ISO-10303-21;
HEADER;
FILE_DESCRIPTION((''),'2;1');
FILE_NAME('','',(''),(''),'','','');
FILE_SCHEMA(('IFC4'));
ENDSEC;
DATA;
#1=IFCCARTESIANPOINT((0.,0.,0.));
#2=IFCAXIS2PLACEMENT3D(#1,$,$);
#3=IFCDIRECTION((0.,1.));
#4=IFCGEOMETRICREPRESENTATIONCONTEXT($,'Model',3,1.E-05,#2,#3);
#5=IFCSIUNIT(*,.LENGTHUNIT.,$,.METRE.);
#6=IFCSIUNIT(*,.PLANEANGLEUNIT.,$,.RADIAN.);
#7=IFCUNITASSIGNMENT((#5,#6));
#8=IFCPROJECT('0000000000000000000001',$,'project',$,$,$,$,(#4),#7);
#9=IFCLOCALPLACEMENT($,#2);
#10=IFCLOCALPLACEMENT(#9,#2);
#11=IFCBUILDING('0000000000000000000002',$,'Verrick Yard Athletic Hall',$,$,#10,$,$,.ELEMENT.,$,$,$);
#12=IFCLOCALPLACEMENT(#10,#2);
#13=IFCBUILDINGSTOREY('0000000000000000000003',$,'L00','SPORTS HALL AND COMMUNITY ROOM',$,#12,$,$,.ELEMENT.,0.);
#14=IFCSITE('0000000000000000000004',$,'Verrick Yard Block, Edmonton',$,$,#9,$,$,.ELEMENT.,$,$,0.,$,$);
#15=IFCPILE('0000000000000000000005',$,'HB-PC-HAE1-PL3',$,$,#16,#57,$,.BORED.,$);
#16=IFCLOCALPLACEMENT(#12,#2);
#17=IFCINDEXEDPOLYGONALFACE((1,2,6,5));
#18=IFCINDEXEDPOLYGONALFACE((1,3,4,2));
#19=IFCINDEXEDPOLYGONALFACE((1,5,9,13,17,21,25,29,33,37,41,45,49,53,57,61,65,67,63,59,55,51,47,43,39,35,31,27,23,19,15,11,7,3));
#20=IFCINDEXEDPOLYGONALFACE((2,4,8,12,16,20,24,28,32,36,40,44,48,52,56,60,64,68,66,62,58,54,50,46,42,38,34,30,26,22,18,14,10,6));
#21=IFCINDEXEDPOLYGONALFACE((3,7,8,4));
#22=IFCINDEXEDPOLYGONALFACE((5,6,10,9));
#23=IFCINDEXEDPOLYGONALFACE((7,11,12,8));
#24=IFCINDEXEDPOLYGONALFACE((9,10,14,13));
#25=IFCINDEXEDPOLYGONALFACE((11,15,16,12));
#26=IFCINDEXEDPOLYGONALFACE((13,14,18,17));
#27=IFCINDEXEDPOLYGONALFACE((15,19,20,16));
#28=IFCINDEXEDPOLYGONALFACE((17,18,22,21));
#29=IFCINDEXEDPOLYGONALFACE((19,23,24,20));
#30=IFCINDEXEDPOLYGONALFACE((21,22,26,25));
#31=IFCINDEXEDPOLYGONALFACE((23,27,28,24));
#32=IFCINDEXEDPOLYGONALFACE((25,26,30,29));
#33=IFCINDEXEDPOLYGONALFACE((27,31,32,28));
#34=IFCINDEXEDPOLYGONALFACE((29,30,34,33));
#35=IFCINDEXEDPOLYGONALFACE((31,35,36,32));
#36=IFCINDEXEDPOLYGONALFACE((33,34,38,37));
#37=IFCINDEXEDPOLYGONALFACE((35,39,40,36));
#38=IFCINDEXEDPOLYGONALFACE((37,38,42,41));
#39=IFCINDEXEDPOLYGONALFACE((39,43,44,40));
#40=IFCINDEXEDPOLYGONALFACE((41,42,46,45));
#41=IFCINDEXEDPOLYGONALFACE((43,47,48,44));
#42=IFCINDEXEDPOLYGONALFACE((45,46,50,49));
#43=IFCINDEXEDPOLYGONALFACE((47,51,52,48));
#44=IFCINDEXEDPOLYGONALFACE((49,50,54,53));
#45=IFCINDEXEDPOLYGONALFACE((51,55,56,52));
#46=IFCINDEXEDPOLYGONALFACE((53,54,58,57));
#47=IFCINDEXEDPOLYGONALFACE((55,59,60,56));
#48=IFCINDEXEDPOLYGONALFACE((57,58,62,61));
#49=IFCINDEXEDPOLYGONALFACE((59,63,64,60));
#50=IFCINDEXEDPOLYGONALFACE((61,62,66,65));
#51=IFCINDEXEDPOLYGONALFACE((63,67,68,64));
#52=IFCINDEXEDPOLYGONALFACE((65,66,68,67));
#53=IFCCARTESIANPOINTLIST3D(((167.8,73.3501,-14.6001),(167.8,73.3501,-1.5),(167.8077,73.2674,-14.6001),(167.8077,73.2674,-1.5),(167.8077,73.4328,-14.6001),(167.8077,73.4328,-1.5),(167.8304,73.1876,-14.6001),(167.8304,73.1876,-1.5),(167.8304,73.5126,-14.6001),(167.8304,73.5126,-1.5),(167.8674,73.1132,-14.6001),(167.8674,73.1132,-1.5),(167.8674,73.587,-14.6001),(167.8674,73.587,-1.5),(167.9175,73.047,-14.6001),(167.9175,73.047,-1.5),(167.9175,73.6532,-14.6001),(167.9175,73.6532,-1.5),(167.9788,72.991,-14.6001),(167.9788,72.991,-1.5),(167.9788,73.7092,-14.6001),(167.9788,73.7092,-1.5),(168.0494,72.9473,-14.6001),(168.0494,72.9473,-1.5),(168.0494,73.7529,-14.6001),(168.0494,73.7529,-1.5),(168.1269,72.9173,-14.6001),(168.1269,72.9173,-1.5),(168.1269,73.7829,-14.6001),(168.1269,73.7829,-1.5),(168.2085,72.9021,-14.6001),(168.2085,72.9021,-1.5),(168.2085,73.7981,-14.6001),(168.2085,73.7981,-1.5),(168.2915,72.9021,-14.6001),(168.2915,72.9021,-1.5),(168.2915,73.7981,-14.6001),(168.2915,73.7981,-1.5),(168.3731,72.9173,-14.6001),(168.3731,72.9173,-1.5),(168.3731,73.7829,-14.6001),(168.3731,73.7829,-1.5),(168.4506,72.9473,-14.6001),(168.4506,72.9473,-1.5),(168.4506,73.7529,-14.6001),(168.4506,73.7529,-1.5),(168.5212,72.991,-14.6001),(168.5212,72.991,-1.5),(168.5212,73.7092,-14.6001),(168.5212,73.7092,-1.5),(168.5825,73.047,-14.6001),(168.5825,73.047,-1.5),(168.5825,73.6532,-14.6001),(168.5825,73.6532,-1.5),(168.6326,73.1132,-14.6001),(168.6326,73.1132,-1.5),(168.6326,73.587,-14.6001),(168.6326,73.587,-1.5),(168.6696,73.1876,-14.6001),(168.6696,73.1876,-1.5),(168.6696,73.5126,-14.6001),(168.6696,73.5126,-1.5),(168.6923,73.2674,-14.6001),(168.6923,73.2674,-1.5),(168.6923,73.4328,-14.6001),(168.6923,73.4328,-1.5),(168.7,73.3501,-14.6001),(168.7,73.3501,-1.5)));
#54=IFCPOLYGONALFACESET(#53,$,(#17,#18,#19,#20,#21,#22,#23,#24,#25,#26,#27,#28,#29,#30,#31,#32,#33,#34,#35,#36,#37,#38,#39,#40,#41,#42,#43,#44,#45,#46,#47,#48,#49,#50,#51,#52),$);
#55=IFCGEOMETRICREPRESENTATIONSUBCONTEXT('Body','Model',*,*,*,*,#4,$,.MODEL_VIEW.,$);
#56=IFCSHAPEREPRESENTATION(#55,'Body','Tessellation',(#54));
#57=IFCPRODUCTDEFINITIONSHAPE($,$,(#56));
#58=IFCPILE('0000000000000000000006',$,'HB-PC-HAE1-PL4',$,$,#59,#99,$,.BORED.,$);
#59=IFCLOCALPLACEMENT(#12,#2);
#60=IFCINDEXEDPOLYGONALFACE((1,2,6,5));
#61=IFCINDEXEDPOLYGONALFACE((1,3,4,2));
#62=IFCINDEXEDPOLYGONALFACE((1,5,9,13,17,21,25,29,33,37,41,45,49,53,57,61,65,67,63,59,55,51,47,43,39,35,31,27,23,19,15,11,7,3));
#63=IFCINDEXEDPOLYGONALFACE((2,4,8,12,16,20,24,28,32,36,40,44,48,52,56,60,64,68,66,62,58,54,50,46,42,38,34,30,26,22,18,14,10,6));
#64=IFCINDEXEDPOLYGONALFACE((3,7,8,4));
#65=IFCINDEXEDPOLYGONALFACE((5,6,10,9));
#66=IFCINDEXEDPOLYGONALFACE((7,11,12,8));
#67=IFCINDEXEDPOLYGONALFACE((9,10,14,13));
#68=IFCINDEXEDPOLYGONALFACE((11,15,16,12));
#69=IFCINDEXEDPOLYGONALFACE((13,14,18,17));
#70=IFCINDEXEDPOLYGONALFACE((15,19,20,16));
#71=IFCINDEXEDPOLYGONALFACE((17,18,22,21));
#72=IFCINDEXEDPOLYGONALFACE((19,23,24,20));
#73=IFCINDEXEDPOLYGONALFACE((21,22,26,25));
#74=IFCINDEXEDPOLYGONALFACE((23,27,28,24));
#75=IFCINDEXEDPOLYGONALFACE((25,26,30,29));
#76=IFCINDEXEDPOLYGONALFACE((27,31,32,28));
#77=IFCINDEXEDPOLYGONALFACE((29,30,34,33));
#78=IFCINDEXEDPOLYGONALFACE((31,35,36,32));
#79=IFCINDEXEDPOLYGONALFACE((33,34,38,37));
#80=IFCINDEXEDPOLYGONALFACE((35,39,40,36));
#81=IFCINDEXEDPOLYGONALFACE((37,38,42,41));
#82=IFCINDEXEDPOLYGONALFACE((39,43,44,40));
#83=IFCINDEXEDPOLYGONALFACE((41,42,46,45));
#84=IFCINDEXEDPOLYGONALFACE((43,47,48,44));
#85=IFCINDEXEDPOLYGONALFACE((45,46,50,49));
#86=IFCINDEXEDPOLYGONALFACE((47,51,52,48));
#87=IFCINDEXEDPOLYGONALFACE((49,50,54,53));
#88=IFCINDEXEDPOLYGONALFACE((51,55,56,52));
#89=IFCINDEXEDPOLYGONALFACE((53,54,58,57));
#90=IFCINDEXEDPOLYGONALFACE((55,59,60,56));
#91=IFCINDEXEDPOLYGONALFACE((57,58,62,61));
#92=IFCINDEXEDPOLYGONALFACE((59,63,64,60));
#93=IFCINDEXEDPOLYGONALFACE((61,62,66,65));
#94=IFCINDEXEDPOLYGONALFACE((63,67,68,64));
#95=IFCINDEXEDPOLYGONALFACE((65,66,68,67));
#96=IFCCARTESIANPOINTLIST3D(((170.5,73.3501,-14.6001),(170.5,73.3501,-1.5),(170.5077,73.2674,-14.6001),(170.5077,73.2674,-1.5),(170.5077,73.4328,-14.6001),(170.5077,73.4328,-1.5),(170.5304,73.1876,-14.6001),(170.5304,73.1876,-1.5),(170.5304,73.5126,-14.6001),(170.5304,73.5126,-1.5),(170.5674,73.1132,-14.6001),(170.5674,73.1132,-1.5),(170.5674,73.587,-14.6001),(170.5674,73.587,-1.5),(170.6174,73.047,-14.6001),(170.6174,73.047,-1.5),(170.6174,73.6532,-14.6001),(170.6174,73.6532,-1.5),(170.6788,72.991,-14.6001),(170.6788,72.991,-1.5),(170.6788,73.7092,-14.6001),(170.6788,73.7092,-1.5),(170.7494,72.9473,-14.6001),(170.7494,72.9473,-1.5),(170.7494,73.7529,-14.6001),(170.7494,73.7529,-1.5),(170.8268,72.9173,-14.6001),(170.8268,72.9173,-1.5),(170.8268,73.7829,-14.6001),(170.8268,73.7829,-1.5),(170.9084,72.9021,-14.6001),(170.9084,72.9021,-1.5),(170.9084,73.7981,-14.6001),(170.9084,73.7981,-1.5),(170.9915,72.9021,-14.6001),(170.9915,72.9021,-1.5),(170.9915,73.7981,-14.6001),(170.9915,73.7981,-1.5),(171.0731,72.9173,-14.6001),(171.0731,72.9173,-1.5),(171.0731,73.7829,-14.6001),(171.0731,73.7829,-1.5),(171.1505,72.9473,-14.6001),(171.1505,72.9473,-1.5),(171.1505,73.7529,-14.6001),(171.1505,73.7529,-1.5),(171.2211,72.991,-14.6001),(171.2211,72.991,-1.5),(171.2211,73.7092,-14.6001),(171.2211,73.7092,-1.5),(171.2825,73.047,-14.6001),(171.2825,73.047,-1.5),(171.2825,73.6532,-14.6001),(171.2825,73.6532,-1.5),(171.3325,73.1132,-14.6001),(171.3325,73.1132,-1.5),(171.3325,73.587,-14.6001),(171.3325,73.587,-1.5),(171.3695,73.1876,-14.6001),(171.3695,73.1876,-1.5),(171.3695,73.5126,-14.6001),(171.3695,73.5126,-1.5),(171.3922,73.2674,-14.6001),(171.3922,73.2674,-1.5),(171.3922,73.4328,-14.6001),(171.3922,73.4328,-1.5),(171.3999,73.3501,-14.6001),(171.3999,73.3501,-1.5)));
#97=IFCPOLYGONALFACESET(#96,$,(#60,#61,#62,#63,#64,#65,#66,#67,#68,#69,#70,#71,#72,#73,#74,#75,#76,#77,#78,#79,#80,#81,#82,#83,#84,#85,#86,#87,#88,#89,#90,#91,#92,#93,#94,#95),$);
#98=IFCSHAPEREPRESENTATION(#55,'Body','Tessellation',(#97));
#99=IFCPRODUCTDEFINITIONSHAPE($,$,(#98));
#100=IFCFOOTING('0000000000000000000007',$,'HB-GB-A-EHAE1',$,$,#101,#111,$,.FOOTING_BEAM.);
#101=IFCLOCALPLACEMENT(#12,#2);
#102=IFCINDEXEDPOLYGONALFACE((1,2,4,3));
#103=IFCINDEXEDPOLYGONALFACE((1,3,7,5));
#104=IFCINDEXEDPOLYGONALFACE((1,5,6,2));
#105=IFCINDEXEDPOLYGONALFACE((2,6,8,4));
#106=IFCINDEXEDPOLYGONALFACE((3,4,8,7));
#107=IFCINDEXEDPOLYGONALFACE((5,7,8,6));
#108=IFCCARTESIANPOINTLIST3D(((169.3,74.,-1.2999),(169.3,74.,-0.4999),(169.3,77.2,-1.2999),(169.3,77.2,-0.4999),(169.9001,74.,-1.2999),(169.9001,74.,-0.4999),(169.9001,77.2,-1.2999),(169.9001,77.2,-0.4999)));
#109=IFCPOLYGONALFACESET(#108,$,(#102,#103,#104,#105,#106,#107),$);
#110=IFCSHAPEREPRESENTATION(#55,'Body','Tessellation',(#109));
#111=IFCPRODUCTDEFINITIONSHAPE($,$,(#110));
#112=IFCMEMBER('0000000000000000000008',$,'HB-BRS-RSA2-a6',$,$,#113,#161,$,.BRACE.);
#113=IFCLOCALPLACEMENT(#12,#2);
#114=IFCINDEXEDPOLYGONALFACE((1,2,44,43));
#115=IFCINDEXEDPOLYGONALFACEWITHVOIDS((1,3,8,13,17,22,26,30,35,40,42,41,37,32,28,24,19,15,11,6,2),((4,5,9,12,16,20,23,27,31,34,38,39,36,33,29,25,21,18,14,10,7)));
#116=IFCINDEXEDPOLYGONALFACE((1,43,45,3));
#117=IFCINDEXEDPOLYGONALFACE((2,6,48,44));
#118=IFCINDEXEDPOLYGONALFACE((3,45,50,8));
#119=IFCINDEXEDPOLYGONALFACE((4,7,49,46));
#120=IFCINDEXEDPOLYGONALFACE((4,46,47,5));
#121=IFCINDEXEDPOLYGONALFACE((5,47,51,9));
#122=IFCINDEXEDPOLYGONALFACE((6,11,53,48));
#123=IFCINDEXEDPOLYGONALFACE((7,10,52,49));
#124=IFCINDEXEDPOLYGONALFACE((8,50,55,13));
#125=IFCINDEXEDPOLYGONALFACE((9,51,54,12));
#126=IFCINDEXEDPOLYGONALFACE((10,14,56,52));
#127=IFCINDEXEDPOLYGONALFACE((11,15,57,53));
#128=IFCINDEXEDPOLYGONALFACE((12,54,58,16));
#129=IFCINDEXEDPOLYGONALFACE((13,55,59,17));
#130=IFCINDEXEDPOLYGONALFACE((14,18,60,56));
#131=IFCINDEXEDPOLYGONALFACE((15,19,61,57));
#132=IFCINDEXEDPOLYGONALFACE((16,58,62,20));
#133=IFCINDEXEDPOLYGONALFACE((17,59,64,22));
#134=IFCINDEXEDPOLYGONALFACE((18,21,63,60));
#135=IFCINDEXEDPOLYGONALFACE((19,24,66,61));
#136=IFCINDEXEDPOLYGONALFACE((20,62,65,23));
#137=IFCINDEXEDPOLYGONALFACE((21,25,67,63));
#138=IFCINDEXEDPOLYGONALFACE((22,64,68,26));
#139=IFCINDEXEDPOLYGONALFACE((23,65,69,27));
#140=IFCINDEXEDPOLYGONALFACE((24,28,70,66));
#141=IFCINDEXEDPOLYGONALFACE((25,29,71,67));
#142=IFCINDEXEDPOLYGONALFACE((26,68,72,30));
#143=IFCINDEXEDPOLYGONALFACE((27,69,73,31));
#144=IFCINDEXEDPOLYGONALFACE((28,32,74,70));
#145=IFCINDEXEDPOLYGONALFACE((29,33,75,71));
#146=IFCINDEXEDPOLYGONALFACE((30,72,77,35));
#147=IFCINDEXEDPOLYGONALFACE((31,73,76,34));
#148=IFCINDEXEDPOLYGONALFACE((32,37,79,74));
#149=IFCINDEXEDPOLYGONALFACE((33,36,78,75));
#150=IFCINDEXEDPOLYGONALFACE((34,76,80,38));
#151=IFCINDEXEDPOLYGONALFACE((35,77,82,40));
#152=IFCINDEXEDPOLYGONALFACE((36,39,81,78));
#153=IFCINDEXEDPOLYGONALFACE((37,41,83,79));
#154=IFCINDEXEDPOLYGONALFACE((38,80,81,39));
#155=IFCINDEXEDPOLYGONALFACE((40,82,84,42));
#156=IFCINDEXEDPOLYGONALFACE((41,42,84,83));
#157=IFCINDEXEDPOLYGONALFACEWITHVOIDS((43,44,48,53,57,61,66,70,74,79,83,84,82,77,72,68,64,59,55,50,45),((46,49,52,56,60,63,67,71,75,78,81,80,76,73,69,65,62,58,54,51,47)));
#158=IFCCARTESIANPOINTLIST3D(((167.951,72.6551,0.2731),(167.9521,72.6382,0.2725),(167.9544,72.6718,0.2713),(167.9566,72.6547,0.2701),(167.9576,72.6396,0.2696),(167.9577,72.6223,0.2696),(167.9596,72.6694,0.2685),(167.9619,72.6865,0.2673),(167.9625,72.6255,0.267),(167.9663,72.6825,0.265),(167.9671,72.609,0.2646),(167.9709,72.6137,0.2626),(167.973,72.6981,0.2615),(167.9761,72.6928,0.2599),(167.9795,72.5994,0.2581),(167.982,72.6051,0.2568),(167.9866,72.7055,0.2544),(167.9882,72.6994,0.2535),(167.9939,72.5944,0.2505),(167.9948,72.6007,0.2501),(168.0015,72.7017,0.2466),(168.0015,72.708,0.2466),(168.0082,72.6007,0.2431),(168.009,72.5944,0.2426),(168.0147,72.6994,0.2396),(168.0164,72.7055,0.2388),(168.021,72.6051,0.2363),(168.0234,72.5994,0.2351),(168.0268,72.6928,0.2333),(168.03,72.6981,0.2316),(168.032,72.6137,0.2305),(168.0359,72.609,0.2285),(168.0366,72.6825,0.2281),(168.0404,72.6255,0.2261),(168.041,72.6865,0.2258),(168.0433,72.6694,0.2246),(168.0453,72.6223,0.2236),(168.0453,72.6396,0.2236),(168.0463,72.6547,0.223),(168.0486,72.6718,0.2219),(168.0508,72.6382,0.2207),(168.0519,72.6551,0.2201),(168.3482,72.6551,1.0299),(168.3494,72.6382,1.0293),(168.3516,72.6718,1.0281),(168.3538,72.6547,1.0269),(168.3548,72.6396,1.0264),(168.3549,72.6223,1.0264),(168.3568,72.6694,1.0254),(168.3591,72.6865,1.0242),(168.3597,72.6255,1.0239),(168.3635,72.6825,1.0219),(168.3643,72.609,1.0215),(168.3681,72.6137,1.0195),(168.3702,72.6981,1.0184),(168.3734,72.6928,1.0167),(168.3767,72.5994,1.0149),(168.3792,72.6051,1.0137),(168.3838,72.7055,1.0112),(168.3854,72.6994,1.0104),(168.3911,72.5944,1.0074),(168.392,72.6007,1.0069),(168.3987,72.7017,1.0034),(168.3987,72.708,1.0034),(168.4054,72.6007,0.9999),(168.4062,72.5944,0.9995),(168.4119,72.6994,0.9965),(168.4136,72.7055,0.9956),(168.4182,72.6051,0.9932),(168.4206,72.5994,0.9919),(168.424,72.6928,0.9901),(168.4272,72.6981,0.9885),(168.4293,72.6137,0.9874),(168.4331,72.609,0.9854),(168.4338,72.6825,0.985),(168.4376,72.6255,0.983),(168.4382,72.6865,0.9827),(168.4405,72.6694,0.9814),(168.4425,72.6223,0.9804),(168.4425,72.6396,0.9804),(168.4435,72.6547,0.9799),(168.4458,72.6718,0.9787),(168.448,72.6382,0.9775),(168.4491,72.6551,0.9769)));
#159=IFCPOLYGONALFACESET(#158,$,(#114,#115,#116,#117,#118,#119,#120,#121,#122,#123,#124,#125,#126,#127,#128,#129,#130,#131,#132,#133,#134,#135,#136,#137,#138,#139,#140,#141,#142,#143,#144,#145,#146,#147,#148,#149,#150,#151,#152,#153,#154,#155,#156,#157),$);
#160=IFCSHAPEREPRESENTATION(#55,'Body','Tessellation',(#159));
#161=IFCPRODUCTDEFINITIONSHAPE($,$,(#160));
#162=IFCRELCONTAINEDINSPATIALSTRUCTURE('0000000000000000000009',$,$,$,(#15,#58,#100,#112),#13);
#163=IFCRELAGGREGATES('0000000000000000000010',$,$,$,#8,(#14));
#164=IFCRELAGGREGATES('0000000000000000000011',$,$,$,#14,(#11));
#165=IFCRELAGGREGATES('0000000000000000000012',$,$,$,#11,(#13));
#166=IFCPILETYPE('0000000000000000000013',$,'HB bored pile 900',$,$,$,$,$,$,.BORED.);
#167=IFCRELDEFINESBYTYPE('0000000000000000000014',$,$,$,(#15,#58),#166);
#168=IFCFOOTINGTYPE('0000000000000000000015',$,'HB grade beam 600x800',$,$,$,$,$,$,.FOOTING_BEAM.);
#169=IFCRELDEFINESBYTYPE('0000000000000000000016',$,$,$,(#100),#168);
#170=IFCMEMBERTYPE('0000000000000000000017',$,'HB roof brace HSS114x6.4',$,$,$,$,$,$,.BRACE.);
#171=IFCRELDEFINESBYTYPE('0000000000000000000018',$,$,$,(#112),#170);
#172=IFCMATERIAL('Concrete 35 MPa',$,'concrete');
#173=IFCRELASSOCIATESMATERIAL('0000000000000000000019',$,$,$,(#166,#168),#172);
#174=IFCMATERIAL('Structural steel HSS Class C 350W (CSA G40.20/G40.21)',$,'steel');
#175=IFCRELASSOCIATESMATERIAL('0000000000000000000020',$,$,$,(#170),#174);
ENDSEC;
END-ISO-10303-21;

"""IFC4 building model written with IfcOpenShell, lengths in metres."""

from ifc_helpers import new_model, si_unit, direction, frame, origin, origin_2d, place, context, subcontext, project, spatial, rectangle, circle, hollow_circle, extrude, material, material_profile, profile_set, type_object, element, save


model = new_model("IFC4")

# Units and contexts
model_context = context("Model", 3, precision=1e-05, world=origin(), true_north=direction((0.0, 1.0)))
body_context = subcontext(model_context, "Body", "Model", "MODEL_VIEW")
ifc_project = project(units=[si_unit("LENGTHUNIT", "METRE"), si_unit("PLANEANGLEUNIT", "RADIAN")], contexts=[model_context])

# Site, building, storey
site_placement = place(None, origin())
site = spatial("IfcSite", under=ifc_project, at=site_placement, Name="Verrick Yard Block, Edmonton", CompositionType="ELEMENT", RefElevation=0.0)
building_placement = place(site_placement, origin())
building = spatial("IfcBuilding", under=site, at=building_placement, Name="Verrick Yard Athletic Hall", CompositionType="ELEMENT")
storey_placement = place(building_placement, origin())
storey = spatial("IfcBuildingStorey", under=building, at=storey_placement, Name="L00", Description="SPORTS HALL AND COMMUNITY ROOM", CompositionType="ELEMENT", Elevation=0.0)

# Piles
ifc_material_1 = material(Name="Concrete 35 MPa", Category="concrete")
ifc_material_profile_1 = material_profile(ifc_material_1, circle(Radius=0.45, at=origin_2d()), Name="Bored pile 900")
ifc_profile_set_1 = profile_set([ifc_material_profile_1], Name="Concrete 35 MPa")
pile_type = type_object("IfcPileType", Name="HB bored pile 900", PredefinedType="BORED", material=ifc_profile_set_1)
for number, where, z_axis, x_axis, name in (
    (1, (168.25, 73.3501, -1.5), (0.0, 0.0, -1.0), (1.0, 0.0, 0.0), "HB-PC-HAE1-PL3"),
    (2, (170.95, 73.3501, -1.5), (0.0, 0.0, -1.0), (1.0, 0.0, 0.0), "HB-PC-HAE1-PL4"),
):
    element("IfcPile", number, at=place(storey_placement, frame(where, z_axis=z_axis, x_axis=x_axis)), inside=storey, type_object=pile_type, Name=name, PredefinedType="BORED", context=body_context, shape_type="SweptSolid", body=[
        extrude(circle(Radius=0.45, at=origin_2d()), origin(), (0.0, 0.0, 1.0), 13.1001),
    ])

# Footing
ifc_material_profile_2 = material_profile(ifc_material_1, rectangle(XDim=0.6001, YDim=0.8, at=origin_2d()), Name="Grade beam 600x800")
ifc_profile_set_2 = profile_set([ifc_material_profile_2], Name="Concrete 35 MPa")
footing_type = type_object("IfcFootingType", Name="HB grade beam 600x800", PredefinedType="FOOTING_BEAM", material=ifc_profile_set_2)
footing_placement = place(storey_placement, frame((169.6001, 74.0, -0.8999), z_axis=(0.0, 1.0, 0.0), x_axis=(-1.0, 0.0, 0.0)))
element("IfcFooting", 3, at=footing_placement, inside=storey, type_object=footing_type, Name="HB-GB-A-EHAE1", PredefinedType="FOOTING_BEAM", context=body_context, shape_type="SweptSolid", body=[
    extrude(rectangle(XDim=0.6001, YDim=0.8, at=origin_2d()), origin(), (0.0, 0.0, 1.0), 3.2),
])

# Member
ifc_material_2 = material(Name="Structural steel HSS Class C 350W (CSA G40.20/G40.21)", Category="steel")
ifc_material_profile_3 = material_profile(ifc_material_2, hollow_circle(Radius=0.0571, WallThickness=0.0063, at=origin_2d()), Name="HSS114x6.4")
ifc_profile_set_3 = profile_set([ifc_material_profile_3], Name="Structural steel HSS Class C 350W (CSA G40.20/G40.21)")
member_type_1 = type_object("IfcMemberType", Name="HB roof brace HSS114x6.4", PredefinedType="BRACE", material=ifc_profile_set_3)
member_1_placement = place(storey_placement, frame((168.0015, 72.6509, 0.2466), z_axis=(0.464722, 0.0, 0.885457), x_axis=(0.0, 1.0, 0.0)))
element("IfcMember", 4, at=member_1_placement, inside=storey, type_object=member_type_1, Name="HB-BRS-RSA2-a6", PredefinedType="BRACE", context=body_context, shape_type="SweptSolid", body=[
    extrude(hollow_circle(Radius=0.0571, WallThickness=0.0063, at=origin_2d()), origin(), (0.0, 0.0, 1.0), 0.8547),
])

save(model, "model.ifc")
